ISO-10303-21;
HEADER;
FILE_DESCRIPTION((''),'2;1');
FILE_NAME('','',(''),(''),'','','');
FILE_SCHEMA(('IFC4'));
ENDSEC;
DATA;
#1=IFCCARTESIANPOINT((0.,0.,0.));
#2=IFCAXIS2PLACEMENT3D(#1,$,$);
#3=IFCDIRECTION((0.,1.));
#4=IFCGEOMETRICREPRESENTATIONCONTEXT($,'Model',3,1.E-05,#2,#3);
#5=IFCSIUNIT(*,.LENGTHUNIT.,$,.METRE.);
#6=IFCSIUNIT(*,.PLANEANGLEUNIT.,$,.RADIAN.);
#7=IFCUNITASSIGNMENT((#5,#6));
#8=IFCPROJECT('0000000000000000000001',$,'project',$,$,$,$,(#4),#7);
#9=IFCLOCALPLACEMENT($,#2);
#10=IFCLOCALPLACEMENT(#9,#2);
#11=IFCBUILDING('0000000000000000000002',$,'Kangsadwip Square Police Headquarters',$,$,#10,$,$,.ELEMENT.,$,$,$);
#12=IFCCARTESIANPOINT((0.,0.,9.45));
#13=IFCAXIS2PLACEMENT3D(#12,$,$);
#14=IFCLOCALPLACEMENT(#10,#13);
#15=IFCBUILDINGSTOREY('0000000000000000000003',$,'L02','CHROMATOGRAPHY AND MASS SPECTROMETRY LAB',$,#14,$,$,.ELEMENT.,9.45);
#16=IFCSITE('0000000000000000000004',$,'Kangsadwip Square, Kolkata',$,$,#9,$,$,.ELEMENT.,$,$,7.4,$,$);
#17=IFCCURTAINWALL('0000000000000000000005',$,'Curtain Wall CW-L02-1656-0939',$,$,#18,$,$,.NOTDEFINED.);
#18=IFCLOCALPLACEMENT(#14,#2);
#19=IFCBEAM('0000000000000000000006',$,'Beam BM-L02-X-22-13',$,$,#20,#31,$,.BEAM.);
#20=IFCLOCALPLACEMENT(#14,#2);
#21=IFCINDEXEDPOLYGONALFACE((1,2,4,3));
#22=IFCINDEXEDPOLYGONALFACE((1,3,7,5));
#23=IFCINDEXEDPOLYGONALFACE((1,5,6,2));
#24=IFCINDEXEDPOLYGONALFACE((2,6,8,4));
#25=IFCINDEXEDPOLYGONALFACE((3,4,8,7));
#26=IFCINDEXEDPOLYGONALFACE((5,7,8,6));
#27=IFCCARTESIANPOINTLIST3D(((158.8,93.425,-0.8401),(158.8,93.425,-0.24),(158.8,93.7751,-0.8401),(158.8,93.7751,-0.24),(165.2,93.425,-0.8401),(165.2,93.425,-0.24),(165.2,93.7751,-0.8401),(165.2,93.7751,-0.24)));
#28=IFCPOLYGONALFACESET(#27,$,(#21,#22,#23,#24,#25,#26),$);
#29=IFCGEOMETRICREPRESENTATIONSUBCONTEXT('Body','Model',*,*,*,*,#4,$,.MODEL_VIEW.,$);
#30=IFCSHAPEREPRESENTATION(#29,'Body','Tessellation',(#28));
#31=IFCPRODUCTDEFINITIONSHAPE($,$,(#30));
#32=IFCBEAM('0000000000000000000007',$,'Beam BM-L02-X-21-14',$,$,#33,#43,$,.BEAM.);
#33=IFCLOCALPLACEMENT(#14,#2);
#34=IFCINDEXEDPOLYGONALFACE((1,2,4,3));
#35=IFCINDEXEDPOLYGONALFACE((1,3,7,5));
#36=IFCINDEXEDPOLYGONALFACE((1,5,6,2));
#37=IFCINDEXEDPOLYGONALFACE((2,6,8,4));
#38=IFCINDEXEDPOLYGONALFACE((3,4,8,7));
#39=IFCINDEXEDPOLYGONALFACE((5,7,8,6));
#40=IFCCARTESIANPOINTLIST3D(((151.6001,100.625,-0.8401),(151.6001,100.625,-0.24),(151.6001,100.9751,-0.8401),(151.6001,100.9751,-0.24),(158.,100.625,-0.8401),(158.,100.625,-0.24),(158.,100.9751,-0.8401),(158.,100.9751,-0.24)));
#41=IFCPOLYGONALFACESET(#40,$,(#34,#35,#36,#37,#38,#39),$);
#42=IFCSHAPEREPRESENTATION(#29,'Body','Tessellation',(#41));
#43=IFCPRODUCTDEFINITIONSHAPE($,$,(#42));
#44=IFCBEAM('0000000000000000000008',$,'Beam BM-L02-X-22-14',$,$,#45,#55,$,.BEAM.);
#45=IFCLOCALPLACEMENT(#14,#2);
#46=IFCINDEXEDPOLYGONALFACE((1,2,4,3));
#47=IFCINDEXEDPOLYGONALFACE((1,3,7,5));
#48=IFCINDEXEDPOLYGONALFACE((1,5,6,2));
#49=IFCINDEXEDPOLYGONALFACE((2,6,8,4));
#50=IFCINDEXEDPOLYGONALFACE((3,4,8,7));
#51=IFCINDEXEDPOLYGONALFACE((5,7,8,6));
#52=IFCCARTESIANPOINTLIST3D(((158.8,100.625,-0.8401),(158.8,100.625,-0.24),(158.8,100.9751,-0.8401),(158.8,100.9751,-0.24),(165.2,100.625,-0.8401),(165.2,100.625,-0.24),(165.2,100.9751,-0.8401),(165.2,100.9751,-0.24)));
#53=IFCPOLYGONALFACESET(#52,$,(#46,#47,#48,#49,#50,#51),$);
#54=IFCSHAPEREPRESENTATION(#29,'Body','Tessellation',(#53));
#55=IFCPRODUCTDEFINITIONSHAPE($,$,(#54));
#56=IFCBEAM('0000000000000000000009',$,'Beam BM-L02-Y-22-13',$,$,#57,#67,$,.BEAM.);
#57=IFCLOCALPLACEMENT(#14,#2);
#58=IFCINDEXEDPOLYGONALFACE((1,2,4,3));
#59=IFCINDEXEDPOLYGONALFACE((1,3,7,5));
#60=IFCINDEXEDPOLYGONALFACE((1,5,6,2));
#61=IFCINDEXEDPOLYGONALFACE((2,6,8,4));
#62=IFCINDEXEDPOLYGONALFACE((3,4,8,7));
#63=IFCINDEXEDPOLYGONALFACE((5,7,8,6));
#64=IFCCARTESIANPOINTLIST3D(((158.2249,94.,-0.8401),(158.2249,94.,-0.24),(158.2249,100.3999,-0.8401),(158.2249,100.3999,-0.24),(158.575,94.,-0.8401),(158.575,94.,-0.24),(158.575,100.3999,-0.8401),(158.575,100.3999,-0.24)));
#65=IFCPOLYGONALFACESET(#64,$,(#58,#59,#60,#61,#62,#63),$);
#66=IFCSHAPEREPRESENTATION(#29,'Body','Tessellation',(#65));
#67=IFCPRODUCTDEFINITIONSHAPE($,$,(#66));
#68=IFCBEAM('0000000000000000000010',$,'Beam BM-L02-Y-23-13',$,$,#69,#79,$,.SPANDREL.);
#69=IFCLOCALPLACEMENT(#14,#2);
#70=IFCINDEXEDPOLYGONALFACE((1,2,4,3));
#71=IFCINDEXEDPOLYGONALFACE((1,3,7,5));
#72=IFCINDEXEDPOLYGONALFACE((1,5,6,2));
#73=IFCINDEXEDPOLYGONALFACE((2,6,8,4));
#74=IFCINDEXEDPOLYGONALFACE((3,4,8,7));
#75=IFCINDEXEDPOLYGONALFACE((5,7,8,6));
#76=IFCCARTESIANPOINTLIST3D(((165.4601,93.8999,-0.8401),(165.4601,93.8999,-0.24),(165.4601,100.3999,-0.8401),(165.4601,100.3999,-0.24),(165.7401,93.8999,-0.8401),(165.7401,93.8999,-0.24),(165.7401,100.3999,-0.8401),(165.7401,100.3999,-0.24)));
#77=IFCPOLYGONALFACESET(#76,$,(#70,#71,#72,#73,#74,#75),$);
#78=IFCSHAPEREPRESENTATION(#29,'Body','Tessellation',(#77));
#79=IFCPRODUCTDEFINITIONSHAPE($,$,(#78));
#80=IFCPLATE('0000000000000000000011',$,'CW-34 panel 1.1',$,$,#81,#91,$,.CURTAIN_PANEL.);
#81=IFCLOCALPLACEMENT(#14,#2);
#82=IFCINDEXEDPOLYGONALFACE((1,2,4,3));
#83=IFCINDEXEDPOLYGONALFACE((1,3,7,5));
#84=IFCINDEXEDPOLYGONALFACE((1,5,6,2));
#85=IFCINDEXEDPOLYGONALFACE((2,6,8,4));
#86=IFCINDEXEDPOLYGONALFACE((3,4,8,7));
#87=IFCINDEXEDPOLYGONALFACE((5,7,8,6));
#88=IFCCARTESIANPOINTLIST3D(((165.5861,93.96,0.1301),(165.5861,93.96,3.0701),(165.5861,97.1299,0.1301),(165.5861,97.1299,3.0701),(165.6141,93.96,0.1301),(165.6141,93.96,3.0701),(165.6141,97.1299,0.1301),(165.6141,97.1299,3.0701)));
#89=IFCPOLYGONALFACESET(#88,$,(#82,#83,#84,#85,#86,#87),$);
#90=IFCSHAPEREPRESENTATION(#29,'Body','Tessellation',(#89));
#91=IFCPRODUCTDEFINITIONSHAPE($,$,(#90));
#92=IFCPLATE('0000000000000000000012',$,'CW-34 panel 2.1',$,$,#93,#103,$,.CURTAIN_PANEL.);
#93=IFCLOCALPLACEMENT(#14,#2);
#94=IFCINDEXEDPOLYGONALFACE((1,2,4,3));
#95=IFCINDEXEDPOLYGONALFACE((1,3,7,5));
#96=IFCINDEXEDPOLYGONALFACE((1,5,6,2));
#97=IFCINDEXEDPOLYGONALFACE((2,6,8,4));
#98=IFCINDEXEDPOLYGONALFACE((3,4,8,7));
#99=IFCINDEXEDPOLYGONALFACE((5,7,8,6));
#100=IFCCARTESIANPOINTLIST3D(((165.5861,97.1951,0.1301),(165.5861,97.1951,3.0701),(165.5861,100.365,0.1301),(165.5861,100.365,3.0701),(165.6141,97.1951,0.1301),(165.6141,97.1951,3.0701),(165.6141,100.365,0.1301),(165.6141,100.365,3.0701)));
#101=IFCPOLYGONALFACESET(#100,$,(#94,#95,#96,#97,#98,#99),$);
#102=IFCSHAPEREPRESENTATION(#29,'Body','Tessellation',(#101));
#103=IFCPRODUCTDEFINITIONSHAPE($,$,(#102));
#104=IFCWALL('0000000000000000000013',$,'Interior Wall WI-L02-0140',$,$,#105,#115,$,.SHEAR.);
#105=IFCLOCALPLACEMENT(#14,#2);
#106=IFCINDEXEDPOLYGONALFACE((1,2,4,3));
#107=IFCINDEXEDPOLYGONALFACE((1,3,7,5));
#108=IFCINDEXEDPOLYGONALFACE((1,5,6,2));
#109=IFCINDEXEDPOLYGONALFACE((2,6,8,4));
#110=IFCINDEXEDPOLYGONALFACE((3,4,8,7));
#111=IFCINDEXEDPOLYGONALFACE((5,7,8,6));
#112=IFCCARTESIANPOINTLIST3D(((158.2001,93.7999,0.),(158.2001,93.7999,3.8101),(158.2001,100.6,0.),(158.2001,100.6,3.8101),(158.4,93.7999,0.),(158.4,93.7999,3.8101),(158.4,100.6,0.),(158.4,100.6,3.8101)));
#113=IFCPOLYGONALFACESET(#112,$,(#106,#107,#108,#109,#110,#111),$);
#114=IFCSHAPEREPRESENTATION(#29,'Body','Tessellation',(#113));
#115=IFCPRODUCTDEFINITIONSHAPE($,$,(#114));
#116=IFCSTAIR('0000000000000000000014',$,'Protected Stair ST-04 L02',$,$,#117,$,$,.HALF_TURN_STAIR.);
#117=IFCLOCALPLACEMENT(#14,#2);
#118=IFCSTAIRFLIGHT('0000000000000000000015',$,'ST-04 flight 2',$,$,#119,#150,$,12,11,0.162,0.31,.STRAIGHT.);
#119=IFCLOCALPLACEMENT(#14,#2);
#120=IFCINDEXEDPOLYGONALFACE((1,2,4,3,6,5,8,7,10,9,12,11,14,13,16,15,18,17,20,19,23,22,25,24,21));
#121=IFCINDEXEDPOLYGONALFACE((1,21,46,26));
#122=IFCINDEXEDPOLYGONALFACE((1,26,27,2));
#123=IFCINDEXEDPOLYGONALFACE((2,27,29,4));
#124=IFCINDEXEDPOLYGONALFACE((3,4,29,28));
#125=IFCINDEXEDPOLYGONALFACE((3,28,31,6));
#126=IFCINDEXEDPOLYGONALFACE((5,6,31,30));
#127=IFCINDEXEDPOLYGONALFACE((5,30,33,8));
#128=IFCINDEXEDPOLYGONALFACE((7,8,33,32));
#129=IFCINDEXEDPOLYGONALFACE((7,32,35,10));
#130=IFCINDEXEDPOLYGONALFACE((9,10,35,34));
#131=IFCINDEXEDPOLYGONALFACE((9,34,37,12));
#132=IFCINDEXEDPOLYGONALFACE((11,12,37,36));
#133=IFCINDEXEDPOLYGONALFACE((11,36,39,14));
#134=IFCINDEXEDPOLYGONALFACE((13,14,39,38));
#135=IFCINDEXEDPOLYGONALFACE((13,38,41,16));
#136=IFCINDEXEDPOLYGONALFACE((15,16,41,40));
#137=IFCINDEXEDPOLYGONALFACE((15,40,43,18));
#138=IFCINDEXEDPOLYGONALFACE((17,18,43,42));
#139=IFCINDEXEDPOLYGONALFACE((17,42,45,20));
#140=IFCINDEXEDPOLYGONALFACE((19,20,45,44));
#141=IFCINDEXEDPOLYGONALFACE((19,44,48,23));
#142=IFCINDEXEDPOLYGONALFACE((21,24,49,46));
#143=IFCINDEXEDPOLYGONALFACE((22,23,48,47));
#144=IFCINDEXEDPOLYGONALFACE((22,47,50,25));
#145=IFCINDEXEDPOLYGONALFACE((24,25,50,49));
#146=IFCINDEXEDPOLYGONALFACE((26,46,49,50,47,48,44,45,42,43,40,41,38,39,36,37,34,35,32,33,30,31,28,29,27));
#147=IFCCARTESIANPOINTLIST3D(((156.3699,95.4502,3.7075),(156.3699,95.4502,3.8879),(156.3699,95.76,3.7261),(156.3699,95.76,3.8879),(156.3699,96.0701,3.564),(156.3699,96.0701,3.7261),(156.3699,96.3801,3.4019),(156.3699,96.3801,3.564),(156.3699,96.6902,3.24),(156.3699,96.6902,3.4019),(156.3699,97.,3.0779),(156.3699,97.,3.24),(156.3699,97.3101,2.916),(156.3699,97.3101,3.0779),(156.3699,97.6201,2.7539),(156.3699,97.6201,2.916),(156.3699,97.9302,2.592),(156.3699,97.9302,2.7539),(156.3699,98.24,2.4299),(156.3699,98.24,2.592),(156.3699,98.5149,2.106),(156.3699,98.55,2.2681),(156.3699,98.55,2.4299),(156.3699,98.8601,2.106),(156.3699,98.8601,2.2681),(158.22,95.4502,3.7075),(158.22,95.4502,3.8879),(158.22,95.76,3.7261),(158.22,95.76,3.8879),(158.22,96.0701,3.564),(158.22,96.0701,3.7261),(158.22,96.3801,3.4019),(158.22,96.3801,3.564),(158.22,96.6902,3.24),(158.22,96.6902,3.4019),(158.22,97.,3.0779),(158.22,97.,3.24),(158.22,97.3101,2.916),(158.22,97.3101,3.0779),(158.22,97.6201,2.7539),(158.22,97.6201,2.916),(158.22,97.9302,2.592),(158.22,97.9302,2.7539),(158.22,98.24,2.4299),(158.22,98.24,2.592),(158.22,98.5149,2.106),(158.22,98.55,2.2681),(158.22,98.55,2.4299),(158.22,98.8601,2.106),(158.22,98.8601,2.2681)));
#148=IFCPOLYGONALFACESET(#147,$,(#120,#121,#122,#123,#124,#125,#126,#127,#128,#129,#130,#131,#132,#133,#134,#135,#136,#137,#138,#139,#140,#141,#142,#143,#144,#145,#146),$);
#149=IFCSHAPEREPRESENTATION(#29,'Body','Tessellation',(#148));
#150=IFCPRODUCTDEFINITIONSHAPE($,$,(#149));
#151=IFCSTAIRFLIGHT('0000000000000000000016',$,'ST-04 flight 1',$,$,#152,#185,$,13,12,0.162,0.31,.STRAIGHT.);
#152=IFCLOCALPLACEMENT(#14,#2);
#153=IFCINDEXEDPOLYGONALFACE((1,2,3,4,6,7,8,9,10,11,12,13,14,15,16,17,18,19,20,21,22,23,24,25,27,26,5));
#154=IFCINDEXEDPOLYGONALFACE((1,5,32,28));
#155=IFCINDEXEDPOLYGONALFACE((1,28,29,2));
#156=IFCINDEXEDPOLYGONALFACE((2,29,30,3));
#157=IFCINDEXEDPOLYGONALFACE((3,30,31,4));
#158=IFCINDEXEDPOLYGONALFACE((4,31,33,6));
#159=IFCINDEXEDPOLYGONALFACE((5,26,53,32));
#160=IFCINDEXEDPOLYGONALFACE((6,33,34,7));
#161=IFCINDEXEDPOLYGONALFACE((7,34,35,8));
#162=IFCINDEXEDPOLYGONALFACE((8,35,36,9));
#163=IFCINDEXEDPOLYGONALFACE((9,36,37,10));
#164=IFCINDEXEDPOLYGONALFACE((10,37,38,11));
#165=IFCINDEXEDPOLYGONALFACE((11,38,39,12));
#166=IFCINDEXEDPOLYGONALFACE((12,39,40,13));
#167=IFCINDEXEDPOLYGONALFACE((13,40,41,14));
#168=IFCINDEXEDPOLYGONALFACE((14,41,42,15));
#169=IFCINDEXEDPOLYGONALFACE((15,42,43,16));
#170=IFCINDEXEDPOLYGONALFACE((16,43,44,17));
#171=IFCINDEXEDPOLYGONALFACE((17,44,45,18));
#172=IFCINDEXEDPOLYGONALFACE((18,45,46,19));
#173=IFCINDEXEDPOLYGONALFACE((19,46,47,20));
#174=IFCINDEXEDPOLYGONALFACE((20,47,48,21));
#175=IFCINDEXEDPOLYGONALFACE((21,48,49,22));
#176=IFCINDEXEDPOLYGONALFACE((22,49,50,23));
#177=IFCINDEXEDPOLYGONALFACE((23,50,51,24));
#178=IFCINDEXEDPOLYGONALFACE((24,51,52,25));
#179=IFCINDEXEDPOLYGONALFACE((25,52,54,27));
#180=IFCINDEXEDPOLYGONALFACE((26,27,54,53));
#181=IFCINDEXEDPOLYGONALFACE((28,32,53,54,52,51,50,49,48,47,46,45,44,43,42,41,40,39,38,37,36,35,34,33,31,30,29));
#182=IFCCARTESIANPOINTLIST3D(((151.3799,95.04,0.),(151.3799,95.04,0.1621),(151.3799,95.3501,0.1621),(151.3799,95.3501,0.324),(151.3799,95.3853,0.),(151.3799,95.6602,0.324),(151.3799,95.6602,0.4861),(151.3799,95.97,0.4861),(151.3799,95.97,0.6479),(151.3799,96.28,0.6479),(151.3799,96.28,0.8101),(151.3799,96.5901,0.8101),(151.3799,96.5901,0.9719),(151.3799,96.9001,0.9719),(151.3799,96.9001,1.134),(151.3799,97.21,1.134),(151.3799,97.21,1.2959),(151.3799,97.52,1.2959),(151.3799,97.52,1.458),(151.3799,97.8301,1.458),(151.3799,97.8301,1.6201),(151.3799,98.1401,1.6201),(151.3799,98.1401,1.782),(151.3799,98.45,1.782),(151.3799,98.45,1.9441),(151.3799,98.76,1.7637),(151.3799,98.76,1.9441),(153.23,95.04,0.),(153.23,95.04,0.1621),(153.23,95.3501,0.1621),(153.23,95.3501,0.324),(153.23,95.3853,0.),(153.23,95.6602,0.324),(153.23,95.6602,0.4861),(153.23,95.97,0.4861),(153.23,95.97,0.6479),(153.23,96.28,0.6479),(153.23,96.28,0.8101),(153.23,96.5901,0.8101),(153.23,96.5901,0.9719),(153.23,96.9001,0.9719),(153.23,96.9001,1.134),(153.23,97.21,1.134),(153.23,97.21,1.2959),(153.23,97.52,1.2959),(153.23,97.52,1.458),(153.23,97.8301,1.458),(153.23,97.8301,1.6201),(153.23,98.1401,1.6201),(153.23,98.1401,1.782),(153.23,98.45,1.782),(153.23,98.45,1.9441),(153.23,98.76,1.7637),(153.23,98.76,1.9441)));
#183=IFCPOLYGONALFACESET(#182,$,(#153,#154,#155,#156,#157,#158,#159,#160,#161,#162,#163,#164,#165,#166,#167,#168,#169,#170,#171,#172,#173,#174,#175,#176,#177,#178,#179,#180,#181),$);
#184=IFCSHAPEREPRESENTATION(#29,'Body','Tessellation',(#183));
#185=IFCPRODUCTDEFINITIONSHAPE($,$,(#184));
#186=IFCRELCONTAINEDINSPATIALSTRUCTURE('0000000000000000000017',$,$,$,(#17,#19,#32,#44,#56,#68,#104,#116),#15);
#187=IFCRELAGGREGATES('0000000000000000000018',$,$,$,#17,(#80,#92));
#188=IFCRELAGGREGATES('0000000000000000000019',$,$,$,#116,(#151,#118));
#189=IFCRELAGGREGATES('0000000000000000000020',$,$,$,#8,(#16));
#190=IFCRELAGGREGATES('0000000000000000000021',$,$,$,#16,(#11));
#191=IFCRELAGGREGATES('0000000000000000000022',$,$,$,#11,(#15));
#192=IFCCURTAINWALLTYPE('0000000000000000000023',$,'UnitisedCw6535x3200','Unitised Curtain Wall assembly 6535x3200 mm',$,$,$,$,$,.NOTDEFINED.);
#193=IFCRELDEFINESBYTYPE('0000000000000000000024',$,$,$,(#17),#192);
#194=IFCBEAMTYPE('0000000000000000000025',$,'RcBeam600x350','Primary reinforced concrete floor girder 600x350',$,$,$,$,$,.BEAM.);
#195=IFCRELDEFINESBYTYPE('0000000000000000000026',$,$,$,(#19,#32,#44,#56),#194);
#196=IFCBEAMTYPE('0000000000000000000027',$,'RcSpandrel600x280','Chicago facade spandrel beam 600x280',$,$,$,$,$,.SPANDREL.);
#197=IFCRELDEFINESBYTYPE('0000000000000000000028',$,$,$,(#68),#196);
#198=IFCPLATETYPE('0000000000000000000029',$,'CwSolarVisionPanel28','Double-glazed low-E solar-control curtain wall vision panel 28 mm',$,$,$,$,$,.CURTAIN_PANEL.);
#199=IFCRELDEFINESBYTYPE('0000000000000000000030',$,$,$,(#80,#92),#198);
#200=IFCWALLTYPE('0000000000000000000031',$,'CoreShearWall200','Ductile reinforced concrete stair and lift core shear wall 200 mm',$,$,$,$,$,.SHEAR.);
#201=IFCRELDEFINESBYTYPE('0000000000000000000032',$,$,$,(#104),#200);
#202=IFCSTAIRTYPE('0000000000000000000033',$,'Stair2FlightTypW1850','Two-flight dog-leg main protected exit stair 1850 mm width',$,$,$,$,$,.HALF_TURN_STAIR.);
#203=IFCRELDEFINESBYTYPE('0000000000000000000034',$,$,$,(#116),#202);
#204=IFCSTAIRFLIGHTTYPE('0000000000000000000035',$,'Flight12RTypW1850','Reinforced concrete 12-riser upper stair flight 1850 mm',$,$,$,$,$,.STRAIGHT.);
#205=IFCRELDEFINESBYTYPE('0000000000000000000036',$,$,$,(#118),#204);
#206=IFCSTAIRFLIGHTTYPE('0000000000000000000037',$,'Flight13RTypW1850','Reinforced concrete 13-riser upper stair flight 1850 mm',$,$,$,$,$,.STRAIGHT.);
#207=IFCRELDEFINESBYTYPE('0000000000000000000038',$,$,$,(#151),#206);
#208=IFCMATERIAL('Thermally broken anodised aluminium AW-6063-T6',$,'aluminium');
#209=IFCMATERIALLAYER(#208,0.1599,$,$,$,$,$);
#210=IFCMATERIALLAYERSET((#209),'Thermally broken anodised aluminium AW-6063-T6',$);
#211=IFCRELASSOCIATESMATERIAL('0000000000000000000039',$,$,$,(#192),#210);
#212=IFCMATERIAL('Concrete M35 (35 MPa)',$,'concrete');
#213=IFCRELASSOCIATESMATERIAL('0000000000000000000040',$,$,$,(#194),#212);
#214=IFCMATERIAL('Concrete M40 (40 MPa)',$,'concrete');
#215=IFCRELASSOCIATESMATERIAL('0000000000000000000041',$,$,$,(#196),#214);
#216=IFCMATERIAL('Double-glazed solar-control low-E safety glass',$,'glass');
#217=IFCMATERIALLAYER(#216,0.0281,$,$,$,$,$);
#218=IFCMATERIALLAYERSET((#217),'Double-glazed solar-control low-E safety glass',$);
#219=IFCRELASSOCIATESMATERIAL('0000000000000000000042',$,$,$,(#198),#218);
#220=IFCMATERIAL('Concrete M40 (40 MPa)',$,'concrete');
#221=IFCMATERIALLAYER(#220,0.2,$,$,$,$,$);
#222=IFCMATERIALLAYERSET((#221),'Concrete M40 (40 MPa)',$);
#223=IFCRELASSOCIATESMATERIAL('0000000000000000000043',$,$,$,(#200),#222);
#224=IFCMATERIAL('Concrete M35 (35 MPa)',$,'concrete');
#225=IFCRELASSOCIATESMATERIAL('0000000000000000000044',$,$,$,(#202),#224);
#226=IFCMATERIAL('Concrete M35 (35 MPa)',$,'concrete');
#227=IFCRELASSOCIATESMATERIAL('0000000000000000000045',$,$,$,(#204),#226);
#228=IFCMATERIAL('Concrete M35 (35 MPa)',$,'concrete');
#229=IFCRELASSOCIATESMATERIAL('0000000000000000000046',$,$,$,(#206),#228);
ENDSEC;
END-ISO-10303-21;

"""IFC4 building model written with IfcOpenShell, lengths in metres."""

from ifc_helpers import new_model, si_unit, direction, frame, frame_2d, origin, origin_2d, place, context, subcontext, project, spatial, polyline, rectangle, outline, extrude, material, layer, layer_set, material_profile, profile_set, type_object, element, aggregate, save


model = new_model("IFC4")

# Units and contexts
model_context = context("Model", 3, precision=1e-05, world=origin(), true_north=direction((0.0, 1.0)))
body_context = subcontext(model_context, "Body", "Model", "MODEL_VIEW")
ifc_project = project(units=[si_unit("LENGTHUNIT", "METRE"), si_unit("PLANEANGLEUNIT", "RADIAN")], contexts=[model_context])

# Site, building, storey
site_placement = place(None, origin())
site = spatial("IfcSite", under=ifc_project, at=site_placement, Name="Kangsadwip Square, Kolkata", CompositionType="ELEMENT", RefElevation=7.4)
building_placement = place(site_placement, origin())
building = spatial("IfcBuilding", under=site, at=building_placement, Name="Kangsadwip Square Police Headquarters", CompositionType="ELEMENT")
storey_placement = place(building_placement, frame((0.0, 0.0, 9.45)))
storey = spatial("IfcBuildingStorey", under=building, at=storey_placement, Name="L02", Description="CHROMATOGRAPHY AND MASS SPECTROMETRY LAB", CompositionType="ELEMENT", Elevation=9.45)

# Curtain wall
ifc_material_1 = material(Name="Thermally broken anodised aluminium AW-6063-T6", Category="aluminium")
ifc_layer_1 = layer(ifc_material_1, 0.1599)
ifc_layer_set_1 = layer_set([ifc_layer_1], Name="Thermally broken anodised aluminium AW-6063-T6")
curtain_wall_type = type_object("IfcCurtainWallType", Name="UnitisedCw6535x3200", Description="Unitised Curtain Wall assembly 6535x3200 mm", PredefinedType="NOTDEFINED", material=ifc_layer_set_1)
curtain_wall_placement = place(storey_placement, origin())
curtain_wall = element("IfcCurtainWall", 1, at=curtain_wall_placement, inside=storey, type_object=curtain_wall_type, Name="Curtain Wall CW-L02-1656-0939", PredefinedType="NOTDEFINED")

# Beams
ifc_material_2 = material(Name="Concrete M35 (35 MPa)", Category="concrete")
ifc_material_profile_1 = material_profile(ifc_material_2, rectangle(XDim=0.3501, YDim=0.6001, at=origin_2d()), Name="RC BM 600X350")
ifc_profile_set_1 = profile_set([ifc_material_profile_1], Name="Concrete M35 (35 MPa)")
beam_type_1 = type_object("IfcBeamType", Name="RcBeam600x350", Description="Primary reinforced concrete floor girder 600x350", PredefinedType="BEAM", material=ifc_profile_set_1)
for number, where, z_axis, x_axis, name in (
    (2, (158.8, 93.6001, -0.54), (1.0, 0.0, 0.0), (0.0, 1.0, 0.0), "Beam BM-L02-X-22-13"),
    (3, (151.6001, 100.8, -0.54), (1.0, 0.0, 0.0), (0.0, 1.0, 0.0), "Beam BM-L02-X-21-14"),
    (4, (158.8, 100.8, -0.54), (1.0, 0.0, 0.0), (0.0, 1.0, 0.0), "Beam BM-L02-X-22-14"),
    (5, (158.3999, 94.0, -0.54), (0.0, 1.0, 0.0), (-1.0, 0.0, 0.0), "Beam BM-L02-Y-22-13"),
):
    element("IfcBeam", number, at=place(storey_placement, frame(where, z_axis=z_axis, x_axis=x_axis)), inside=storey, type_object=beam_type_1, Name=name, PredefinedType="BEAM", context=body_context, shape_type="SweptSolid", body=[
        extrude(rectangle(XDim=0.3501, YDim=0.6001, at=origin_2d()), origin(), (0.0, 0.0, 1.0), 6.3999),
    ])
ifc_material_3 = material(Name="Concrete M40 (40 MPa)", Category="concrete")
ifc_material_profile_2 = material_profile(ifc_material_3, rectangle(XDim=0.28, YDim=0.6001, at=origin_2d()), Name="RC SPN 600X280")
ifc_profile_set_2 = profile_set([ifc_material_profile_2], Name="Concrete M40 (40 MPa)")
beam_type_2 = type_object("IfcBeamType", Name="RcSpandrel600x280", Description="Chicago facade spandrel beam 600x280", PredefinedType="SPANDREL", material=ifc_profile_set_2)
beam_placement = place(storey_placement, frame((165.6001, 93.8999, -0.54), z_axis=(0.0, 1.0, 0.0), x_axis=(-1.0, 0.0, 0.0)))
element("IfcBeam", 6, at=beam_placement, inside=storey, type_object=beam_type_2, Name="Beam BM-L02-Y-23-13", PredefinedType="SPANDREL", context=body_context, shape_type="SweptSolid", body=[
    extrude(rectangle(XDim=0.28, YDim=0.6001, at=origin_2d()), origin(), (0.0, 0.0, 1.0), 6.5),
])

# Plates
ifc_material_4 = material(Name="Double-glazed solar-control low-E safety glass", Category="glass")
ifc_layer_2 = layer(ifc_material_4, 0.0281)
ifc_layer_set_2 = layer_set([ifc_layer_2], Name="Double-glazed solar-control low-E safety glass")
plate_type = type_object("IfcPlateType", Name="CwSolarVisionPanel28", Description="Double-glazed low-E solar-control curtain wall vision panel 28 mm", PredefinedType="CURTAIN_PANEL", material=ifc_layer_set_2)
plate_1_placement = place(storey_placement, frame((165.6001, 95.5449, 0.1301), z_axis=(0.0, 0.0, 1.0), x_axis=(0.0, 1.0, 0.0)))
plate_1 = element("IfcPlate", 7, at=plate_1_placement, type_object=plate_type, Name="CW-34 panel 1.1", PredefinedType="CURTAIN_PANEL", context=body_context, shape_type="SweptSolid", body=[
    extrude(rectangle(XDim=3.1699, YDim=0.0281, at=origin_2d()), origin(), (0.0, 0.0, 1.0), 2.9399),
])
plate_2_placement = place(storey_placement, frame((165.6001, 98.78, 0.1301), z_axis=(0.0, 0.0, 1.0), x_axis=(0.0, 1.0, 0.0)))
plate_2 = element("IfcPlate", 8, at=plate_2_placement, type_object=plate_type, Name="CW-34 panel 2.1", PredefinedType="CURTAIN_PANEL", context=body_context, shape_type="SweptSolid", body=[
    extrude(rectangle(XDim=3.1699, YDim=0.0281, at=origin_2d()), origin(), (0.0, 0.0, 1.0), 2.9399),
])
aggregate(curtain_wall, [plate_1, plate_2])

# Wall
ifc_material_5 = material(Name="Concrete M40 (40 MPa)", Category="concrete")
ifc_layer_3 = layer(ifc_material_5, 0.2)
ifc_layer_set_3 = layer_set([ifc_layer_3], Name="Concrete M40 (40 MPa)")
wall_type = type_object("IfcWallType", Name="CoreShearWall200", Description="Ductile reinforced concrete stair and lift core shear wall 200 mm", PredefinedType="SHEAR", material=ifc_layer_set_3)
wall_placement = place(storey_placement, frame((158.3, 93.8, 0.0), z_axis=(0.0, 0.0, 1.0), x_axis=(0.0, 1.0, 0.0)))
element("IfcWall", 9, at=wall_placement, inside=storey, type_object=wall_type, Name="Interior Wall WI-L02-0140", PredefinedType="SHEAR", context=body_context, shape_type="SweptSolid", body=[
    extrude(rectangle(XDim=6.8, YDim=0.2, at=frame_2d((3.3999, 0.0))), origin(), (0.0, 0.0, 1.0), 3.8101),
])

# Stair, stair flights
ifc_material_6 = material(Name="Concrete M35 (35 MPa)", Category="concrete")
stair_type = type_object("IfcStairType", Name="Stair2FlightTypW1850", Description="Two-flight dog-leg main protected exit stair 1850 mm width", PredefinedType="HALF_TURN_STAIR", material=ifc_material_6)
stair_placement = place(storey_placement, origin())
stair = element("IfcStair", 10, at=stair_placement, inside=storey, type_object=stair_type, Name="Protected Stair ST-04 L02", PredefinedType="HALF_TURN_STAIR")
ifc_material_7 = material(Name="Concrete M35 (35 MPa)", Category="concrete")
stair_flight_type_1 = type_object("IfcStairFlightType", Name="Flight12RTypW1850", Description="Reinforced concrete 12-riser upper stair flight 1850 mm", PredefinedType="STRAIGHT", material=ifc_material_7)
stair_flight_1_placement = place(storey_placement, frame((157.2949, 98.8601, 2.106), z_axis=(0.0, 0.0, 1.0), x_axis=(0.0, -1.0, 0.0)))
stair_flight_1 = element("IfcStairFlight", 11, at=stair_flight_1_placement, type_object=stair_flight_type_1, Name="ST-04 flight 2", NumberOfRisers=12, NumberOfTreads=11, PredefinedType="STRAIGHT", RiserHeight=0.162, TreadLength=0.31, context=body_context, shape_type="SweptSolid", body=[
    extrude(outline(polyline([(0.0, 0.0), (0.0, 0.1621), (0.3101, 0.1621), (0.3101, 0.324), (0.6201, 0.324), (0.6201, 0.4861), (0.9299, 0.4861), (0.9299, 0.6479), (1.24, 0.6479), (1.24, 0.8101), (1.55, 0.8101), (1.55, 0.9719), (1.8601, 0.9719), (1.8601, 1.134), (2.1699, 1.134), (2.1699, 1.2959), (2.48, 1.2959), (2.48, 1.458), (2.79, 1.458), (2.79, 1.6201), (3.1001, 1.6201), (3.1001, 1.782), (3.4099, 1.782), (3.4099, 1.9441), (3.4099, 1.6016), (0.3452, 0.0), (0.0, 0.0)])), frame((0.0, 0.925, 0.0), z_axis=(0.0, -1.0, 0.0), x_axis=(1.0, 0.0, 0.0)), (0.0, 0.0, 1.0), 1.8501),
])
ifc_material_8 = material(Name="Concrete M35 (35 MPa)", Category="concrete")
stair_flight_type_2 = type_object("IfcStairFlightType", Name="Flight13RTypW1850", Description="Reinforced concrete 13-riser upper stair flight 1850 mm", PredefinedType="STRAIGHT", material=ifc_material_8)
stair_flight_2_placement = place(storey_placement, frame((152.3049, 95.04, 0.0), z_axis=(0.0, 0.0, 1.0), x_axis=(0.0, 1.0, 0.0)))
stair_flight_2 = element("IfcStairFlight", 12, at=stair_flight_2_placement, type_object=stair_flight_type_2, Name="ST-04 flight 1", NumberOfRisers=13, NumberOfTreads=12, PredefinedType="STRAIGHT", RiserHeight=0.162, TreadLength=0.31, context=body_context, shape_type="SweptSolid", body=[
    extrude(outline(polyline([(0.0, 0.0), (0.0, 0.1621), (0.3101, 0.1621), (0.3101, 0.324), (0.6201, 0.324), (0.6201, 0.4861), (0.9299, 0.4861), (0.9299, 0.6479), (1.24, 0.6479), (1.24, 0.8101), (1.55, 0.8101), (1.55, 0.9719), (1.8601, 0.9719), (1.8601, 1.134), (2.1699, 1.134), (2.1699, 1.2959), (2.48, 1.2959), (2.48, 1.458), (2.79, 1.458), (2.79, 1.6201), (3.1001, 1.6201), (3.1001, 1.782), (3.4099, 1.782), (3.4099, 1.9441), (3.72, 1.9441), (3.72, 2.106), (3.72, 1.7637), (0.3452, 0.0), (0.0, 0.0)])), frame((0.0, 0.925, 0.0), z_axis=(0.0, -1.0, 0.0), x_axis=(1.0, 0.0, 0.0)), (0.0, 0.0, 1.0), 1.8501),
])
aggregate(stair, [stair_flight_2, stair_flight_1])

save(model, "model.ifc")
